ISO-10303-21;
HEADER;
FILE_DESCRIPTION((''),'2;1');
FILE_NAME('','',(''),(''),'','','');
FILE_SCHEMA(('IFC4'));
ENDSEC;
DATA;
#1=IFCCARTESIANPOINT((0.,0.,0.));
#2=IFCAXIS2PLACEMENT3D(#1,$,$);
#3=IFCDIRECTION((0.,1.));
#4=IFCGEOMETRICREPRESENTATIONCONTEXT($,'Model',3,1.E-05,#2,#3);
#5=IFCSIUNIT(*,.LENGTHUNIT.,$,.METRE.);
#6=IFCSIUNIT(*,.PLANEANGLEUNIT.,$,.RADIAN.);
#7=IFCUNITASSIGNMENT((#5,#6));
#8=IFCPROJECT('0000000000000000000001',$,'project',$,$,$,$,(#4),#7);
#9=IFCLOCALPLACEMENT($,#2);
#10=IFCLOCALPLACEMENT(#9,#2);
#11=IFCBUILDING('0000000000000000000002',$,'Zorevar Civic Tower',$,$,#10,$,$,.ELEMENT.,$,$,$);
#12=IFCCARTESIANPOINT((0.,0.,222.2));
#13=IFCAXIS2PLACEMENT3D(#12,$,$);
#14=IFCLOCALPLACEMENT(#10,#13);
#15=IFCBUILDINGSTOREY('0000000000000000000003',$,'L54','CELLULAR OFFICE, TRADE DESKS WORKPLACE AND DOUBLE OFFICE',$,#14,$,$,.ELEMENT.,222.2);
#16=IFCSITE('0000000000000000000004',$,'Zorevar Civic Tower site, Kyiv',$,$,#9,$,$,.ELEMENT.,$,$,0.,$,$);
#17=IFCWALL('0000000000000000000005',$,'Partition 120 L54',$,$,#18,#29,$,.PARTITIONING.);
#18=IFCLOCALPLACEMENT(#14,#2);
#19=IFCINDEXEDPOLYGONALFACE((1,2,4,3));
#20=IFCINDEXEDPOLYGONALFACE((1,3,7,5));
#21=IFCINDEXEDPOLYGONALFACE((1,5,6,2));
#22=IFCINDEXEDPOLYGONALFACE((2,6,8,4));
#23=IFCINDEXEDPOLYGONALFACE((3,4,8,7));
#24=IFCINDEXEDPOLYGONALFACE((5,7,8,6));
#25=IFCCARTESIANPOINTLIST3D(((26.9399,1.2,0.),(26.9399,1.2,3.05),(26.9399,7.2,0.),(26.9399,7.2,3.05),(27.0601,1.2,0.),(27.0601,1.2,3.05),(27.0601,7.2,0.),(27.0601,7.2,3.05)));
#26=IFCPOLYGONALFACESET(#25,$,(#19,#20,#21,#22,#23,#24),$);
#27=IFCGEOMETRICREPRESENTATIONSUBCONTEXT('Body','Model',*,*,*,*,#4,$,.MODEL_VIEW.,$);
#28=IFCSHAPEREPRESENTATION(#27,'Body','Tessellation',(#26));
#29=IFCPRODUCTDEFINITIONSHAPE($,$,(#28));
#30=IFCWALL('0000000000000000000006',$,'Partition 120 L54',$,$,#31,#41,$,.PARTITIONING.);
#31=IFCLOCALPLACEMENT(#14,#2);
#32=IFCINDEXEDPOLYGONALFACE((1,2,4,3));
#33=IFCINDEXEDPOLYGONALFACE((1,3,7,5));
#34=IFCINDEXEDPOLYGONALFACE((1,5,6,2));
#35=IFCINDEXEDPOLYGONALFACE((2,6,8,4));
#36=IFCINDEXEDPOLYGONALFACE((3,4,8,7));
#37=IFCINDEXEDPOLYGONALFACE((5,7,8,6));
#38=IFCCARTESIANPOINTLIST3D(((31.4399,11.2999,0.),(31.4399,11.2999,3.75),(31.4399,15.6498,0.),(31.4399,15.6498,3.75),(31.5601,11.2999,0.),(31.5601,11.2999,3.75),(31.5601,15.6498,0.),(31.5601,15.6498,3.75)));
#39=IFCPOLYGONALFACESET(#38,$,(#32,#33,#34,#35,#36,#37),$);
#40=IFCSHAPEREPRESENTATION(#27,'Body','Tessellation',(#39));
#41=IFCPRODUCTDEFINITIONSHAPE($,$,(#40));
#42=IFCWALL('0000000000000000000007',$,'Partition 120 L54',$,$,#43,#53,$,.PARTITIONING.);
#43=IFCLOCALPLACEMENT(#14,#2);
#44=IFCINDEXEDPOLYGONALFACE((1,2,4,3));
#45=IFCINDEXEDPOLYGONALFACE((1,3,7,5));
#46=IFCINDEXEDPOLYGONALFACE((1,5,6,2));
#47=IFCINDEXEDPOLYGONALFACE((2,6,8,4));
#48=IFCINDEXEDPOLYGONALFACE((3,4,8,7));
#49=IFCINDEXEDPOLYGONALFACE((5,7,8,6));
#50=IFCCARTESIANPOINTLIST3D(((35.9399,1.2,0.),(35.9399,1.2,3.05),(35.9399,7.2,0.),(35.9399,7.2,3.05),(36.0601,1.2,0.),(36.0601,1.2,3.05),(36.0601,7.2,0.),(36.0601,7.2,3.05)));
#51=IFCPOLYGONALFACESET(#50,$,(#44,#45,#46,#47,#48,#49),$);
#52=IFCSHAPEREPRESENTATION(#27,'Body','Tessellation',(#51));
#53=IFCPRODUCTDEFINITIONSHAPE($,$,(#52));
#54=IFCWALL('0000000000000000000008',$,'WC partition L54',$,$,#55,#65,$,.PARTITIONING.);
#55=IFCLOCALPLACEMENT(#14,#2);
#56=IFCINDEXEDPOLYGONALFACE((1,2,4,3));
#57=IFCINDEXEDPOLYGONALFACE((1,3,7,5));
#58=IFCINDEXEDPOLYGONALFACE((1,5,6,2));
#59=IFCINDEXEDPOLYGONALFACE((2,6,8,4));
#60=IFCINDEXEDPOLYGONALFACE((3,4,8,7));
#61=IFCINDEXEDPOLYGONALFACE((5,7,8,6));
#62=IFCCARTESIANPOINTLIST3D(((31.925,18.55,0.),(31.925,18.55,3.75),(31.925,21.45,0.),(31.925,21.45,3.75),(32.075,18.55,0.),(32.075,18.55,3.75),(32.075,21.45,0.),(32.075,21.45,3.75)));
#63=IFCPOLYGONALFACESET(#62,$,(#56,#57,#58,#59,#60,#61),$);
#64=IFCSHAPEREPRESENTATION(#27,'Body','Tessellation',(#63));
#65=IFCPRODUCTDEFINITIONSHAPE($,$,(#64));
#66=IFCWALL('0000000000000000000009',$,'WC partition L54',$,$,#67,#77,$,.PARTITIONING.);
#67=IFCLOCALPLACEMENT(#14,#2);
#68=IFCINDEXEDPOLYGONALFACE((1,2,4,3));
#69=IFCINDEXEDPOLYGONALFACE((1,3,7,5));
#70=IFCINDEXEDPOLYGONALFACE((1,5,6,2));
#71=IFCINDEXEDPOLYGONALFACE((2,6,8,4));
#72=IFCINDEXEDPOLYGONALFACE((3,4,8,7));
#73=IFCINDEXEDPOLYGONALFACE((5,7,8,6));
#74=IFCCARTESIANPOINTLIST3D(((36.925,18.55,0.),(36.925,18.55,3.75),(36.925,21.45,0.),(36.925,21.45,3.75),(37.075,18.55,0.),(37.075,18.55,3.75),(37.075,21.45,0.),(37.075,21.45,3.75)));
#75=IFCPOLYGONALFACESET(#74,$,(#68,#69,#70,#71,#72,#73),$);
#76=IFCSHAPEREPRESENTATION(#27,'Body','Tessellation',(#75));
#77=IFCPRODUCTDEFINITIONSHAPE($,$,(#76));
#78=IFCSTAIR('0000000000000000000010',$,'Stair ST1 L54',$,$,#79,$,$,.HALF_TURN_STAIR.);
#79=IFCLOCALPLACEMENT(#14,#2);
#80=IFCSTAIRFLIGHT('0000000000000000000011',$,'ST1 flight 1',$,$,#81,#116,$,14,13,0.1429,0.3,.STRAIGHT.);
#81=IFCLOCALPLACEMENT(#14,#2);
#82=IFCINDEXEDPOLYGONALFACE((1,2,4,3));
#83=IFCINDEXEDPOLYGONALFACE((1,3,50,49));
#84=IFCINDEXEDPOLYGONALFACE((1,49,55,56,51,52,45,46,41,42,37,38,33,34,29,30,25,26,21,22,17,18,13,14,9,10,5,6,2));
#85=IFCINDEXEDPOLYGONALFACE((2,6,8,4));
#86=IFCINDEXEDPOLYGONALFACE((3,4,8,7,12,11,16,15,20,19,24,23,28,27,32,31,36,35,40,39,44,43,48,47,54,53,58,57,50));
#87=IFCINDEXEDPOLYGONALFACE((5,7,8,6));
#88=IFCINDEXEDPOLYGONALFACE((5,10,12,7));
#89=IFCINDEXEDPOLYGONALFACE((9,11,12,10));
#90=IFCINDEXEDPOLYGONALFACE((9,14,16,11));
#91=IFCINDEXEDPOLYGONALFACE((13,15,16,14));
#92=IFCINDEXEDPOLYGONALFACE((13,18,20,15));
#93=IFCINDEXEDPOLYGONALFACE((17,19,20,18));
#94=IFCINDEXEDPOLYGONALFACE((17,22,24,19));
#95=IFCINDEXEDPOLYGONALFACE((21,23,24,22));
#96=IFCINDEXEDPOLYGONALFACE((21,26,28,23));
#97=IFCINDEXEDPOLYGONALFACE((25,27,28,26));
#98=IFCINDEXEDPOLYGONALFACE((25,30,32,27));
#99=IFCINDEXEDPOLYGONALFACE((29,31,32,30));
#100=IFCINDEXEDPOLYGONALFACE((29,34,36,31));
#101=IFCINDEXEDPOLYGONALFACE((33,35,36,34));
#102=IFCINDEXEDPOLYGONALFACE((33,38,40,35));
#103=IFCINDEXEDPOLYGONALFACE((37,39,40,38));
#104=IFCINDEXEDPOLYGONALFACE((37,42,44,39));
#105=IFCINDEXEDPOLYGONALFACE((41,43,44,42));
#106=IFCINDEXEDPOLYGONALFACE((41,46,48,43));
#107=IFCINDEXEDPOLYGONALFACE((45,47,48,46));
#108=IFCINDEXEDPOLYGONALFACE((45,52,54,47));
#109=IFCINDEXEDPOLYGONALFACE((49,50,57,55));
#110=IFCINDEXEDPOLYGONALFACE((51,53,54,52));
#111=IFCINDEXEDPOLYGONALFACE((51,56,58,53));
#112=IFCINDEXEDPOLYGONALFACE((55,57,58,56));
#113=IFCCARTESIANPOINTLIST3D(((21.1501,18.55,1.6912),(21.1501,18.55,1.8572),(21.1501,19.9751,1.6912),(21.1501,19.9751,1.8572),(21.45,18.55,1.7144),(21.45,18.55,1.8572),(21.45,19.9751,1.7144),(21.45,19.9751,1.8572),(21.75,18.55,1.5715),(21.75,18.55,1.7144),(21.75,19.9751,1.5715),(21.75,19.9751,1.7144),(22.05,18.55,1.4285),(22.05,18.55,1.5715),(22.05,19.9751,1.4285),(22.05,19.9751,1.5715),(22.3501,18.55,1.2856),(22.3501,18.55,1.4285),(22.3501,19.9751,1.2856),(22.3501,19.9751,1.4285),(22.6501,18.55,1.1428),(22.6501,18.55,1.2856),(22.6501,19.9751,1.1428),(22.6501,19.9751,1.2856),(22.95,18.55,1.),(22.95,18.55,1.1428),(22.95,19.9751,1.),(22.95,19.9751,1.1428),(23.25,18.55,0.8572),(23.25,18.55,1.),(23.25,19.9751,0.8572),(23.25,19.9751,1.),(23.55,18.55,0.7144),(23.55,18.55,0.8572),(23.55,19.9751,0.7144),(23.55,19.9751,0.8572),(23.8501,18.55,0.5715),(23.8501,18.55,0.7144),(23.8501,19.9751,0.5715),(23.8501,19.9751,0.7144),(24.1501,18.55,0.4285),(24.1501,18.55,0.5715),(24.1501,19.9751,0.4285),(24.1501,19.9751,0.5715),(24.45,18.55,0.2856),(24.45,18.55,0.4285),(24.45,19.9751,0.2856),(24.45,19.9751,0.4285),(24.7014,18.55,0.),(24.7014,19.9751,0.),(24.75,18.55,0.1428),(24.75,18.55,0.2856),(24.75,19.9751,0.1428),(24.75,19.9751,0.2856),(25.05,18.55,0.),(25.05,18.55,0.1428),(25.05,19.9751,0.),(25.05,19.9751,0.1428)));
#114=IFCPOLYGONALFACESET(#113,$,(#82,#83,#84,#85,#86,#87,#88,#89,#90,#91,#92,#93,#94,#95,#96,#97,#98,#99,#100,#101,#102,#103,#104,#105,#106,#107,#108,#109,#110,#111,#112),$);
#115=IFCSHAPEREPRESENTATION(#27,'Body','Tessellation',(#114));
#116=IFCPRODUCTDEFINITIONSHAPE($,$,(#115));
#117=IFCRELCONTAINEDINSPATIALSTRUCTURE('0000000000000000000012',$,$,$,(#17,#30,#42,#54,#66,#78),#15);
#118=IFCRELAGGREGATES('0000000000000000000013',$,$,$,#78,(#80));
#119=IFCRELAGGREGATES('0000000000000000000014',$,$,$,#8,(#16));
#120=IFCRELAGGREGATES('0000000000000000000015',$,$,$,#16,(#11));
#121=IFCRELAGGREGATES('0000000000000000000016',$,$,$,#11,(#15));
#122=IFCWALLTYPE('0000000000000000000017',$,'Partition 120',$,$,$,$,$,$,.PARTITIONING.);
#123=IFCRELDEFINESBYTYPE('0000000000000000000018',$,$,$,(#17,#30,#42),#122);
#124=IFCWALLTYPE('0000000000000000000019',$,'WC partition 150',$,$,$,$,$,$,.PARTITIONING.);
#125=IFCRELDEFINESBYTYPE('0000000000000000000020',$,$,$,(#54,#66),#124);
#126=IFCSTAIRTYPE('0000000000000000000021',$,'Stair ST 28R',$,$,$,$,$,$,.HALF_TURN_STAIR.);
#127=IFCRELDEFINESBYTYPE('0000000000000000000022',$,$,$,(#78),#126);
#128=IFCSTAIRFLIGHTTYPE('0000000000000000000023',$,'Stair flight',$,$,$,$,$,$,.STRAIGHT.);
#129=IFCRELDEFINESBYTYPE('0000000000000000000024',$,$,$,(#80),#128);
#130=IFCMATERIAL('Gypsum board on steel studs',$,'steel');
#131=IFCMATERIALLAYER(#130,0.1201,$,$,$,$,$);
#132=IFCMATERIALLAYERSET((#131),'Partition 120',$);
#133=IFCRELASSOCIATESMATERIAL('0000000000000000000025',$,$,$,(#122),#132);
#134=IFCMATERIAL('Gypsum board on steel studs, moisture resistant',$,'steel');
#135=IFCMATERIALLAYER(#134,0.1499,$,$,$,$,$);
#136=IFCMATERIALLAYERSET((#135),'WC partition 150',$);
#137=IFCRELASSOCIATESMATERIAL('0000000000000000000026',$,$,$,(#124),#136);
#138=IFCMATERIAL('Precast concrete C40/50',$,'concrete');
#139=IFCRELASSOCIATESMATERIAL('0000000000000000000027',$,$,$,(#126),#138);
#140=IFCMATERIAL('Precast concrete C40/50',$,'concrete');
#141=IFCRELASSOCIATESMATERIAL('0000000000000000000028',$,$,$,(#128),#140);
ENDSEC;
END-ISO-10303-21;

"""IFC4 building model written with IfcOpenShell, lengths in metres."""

from ifc_helpers import new_model, si_unit, direction, frame, frame_2d, origin, place, context, subcontext, project, spatial, polyline, rectangle, outline, extrude, material, layer, layer_set, type_object, element, aggregate, save


model = new_model("IFC4")

# Units and contexts
model_context = context("Model", 3, precision=1e-05, world=origin(), true_north=direction((0.0, 1.0)))
body_context = subcontext(model_context, "Body", "Model", "MODEL_VIEW")
ifc_project = project(units=[si_unit("LENGTHUNIT", "METRE"), si_unit("PLANEANGLEUNIT", "RADIAN")], contexts=[model_context])

# Site, building, storey
site_placement = place(None, origin())
site = spatial("IfcSite", under=ifc_project, at=site_placement, Name="Zorevar Civic Tower site, Kyiv", CompositionType="ELEMENT", RefElevation=0.0)
building_placement = place(site_placement, origin())
building = spatial("IfcBuilding", under=site, at=building_placement, Name="Zorevar Civic Tower", CompositionType="ELEMENT")
storey_placement = place(building_placement, frame((0.0, 0.0, 222.2)))
storey = spatial("IfcBuildingStorey", under=building, at=storey_placement, Name="L54", Description="CELLULAR OFFICE, TRADE DESKS WORKPLACE AND DOUBLE OFFICE", CompositionType="ELEMENT", Elevation=222.2)

# Shared definitions
ifc_material_1 = material(Name="Gypsum board on steel studs", Category="steel")
ifc_layer_1 = layer(ifc_material_1, 0.1201)
ifc_layer_set_1 = layer_set([ifc_layer_1], Name="Partition 120")
wall_type_1 = type_object("IfcWallType", Name="Partition 120", PredefinedType="PARTITIONING", material=ifc_layer_set_1)

# Walls
wall_1_placement = place(storey_placement, frame((27.0, 1.2, 0.0), z_axis=(0.0, 0.0, 1.0), x_axis=(0.0, 1.0, 0.0)))
element("IfcWall", 1, at=wall_1_placement, inside=storey, type_object=wall_type_1, Name="Partition 120 L54", PredefinedType="PARTITIONING", context=body_context, shape_type="SweptSolid", body=[
    extrude(rectangle(XDim=6.0, YDim=0.1201, at=frame_2d((3.0, 0.0))), origin(), (0.0, 0.0, 1.0), 3.05),
])
wall_2_placement = place(storey_placement, frame((31.5, 11.3, 0.0), z_axis=(0.0, 0.0, 1.0), x_axis=(0.0, 1.0, 0.0)))
element("IfcWall", 2, at=wall_2_placement, inside=storey, type_object=wall_type_1, Name="Partition 120 L54", PredefinedType="PARTITIONING", context=body_context, shape_type="SweptSolid", body=[
    extrude(rectangle(XDim=4.3499, YDim=0.1201, at=frame_2d((2.1748, 0.0))), origin(), (0.0, 0.0, 1.0), 3.75),
])
wall_3_placement = place(storey_placement, frame((36.0, 1.2, 0.0), z_axis=(0.0, 0.0, 1.0), x_axis=(0.0, 1.0, 0.0)))
element("IfcWall", 3, at=wall_3_placement, inside=storey, type_object=wall_type_1, Name="Partition 120 L54", PredefinedType="PARTITIONING", context=body_context, shape_type="SweptSolid", body=[
    extrude(rectangle(XDim=6.0, YDim=0.1201, at=frame_2d((3.0, 0.0))), origin(), (0.0, 0.0, 1.0), 3.05),
])
ifc_material_2 = material(Name="Gypsum board on steel studs, moisture resistant", Category="steel")
ifc_layer_2 = layer(ifc_material_2, 0.1499)
ifc_layer_set_2 = layer_set([ifc_layer_2], Name="WC partition 150")
wall_type_2 = type_object("IfcWallType", Name="WC partition 150", PredefinedType="PARTITIONING", material=ifc_layer_set_2)
for number, where, z_axis, x_axis, name in (
    (4, (32.0, 18.55, 0.0), (0.0, 0.0, 1.0), (0.0, 1.0, 0.0), "WC partition L54"),
    (5, (37.0, 18.55, 0.0), (0.0, 0.0, 1.0), (0.0, 1.0, 0.0), "WC partition L54"),
):
    element("IfcWall", number, at=place(storey_placement, frame(where, z_axis=z_axis, x_axis=x_axis)), inside=storey, type_object=wall_type_2, Name=name, PredefinedType="PARTITIONING", context=body_context, shape_type="SweptSolid", body=[
        extrude(rectangle(XDim=2.8999, YDim=0.1499, at=frame_2d((1.45, 0.0))), origin(), (0.0, 0.0, 1.0), 3.75),
    ])

# Stair, stair flight
ifc_material_3 = material(Name="Precast concrete C40/50", Category="concrete")
stair_type = type_object("IfcStairType", Name="Stair ST 28R", PredefinedType="HALF_TURN_STAIR", material=ifc_material_3)
stair_placement = place(storey_placement, origin())
stair = element("IfcStair", 6, at=stair_placement, inside=storey, type_object=stair_type, Name="Stair ST1 L54", PredefinedType="HALF_TURN_STAIR")
ifc_material_4 = material(Name="Precast concrete C40/50", Category="concrete")
stair_flight_type = type_object("IfcStairFlightType", Name="Stair flight", PredefinedType="STRAIGHT", material=ifc_material_4)
stair_flight_placement = place(storey_placement, frame((25.05, 19.2625, 0.0), z_axis=(0.0, 0.0, 1.0), x_axis=(-1.0, 0.0, 0.0)))
stair_flight = element("IfcStairFlight", 7, at=stair_flight_placement, type_object=stair_flight_type, Name="ST1 flight 1", NumberOfRisers=14, NumberOfTreads=13, PredefinedType="STRAIGHT", RiserHeight=0.1429, TreadLength=0.3, context=body_context, shape_type="SweptSolid", body=[
    extrude(outline(polyline([(0.0, 0.0), (0.0, 0.1428), (0.3, 0.1428), (0.3, 0.2856), (0.6001, 0.2856), (0.6001, 0.4285), (0.8999, 0.4285), (0.8999, 0.5715), (1.2, 0.5715), (1.2, 0.7144), (1.5, 0.7144), (1.5, 0.8572), (1.8, 0.8572), (1.8, 1.0), (2.1001, 1.0), (2.1001, 1.1428), (2.3999, 1.1428), (2.3999, 1.2856), (2.7, 1.2856), (2.7, 1.4285), (3.0, 1.4285), (3.0, 1.5715), (3.3, 1.5715), (3.3, 1.7144), (3.6001, 1.7144), (3.6001, 1.8572), (3.8999, 1.8572), (3.8999, 2.0), (3.8999, 1.6912), (0.3486, 0.0), (0.0, 0.0)])), frame((0.0, 0.7124, 0.0), z_axis=(0.0, -1.0, 0.0), x_axis=(1.0, 0.0, 0.0)), (0.0, 0.0, 1.0), 1.425),
])
aggregate(stair, [stair_flight])

save(model, "model.ifc")
